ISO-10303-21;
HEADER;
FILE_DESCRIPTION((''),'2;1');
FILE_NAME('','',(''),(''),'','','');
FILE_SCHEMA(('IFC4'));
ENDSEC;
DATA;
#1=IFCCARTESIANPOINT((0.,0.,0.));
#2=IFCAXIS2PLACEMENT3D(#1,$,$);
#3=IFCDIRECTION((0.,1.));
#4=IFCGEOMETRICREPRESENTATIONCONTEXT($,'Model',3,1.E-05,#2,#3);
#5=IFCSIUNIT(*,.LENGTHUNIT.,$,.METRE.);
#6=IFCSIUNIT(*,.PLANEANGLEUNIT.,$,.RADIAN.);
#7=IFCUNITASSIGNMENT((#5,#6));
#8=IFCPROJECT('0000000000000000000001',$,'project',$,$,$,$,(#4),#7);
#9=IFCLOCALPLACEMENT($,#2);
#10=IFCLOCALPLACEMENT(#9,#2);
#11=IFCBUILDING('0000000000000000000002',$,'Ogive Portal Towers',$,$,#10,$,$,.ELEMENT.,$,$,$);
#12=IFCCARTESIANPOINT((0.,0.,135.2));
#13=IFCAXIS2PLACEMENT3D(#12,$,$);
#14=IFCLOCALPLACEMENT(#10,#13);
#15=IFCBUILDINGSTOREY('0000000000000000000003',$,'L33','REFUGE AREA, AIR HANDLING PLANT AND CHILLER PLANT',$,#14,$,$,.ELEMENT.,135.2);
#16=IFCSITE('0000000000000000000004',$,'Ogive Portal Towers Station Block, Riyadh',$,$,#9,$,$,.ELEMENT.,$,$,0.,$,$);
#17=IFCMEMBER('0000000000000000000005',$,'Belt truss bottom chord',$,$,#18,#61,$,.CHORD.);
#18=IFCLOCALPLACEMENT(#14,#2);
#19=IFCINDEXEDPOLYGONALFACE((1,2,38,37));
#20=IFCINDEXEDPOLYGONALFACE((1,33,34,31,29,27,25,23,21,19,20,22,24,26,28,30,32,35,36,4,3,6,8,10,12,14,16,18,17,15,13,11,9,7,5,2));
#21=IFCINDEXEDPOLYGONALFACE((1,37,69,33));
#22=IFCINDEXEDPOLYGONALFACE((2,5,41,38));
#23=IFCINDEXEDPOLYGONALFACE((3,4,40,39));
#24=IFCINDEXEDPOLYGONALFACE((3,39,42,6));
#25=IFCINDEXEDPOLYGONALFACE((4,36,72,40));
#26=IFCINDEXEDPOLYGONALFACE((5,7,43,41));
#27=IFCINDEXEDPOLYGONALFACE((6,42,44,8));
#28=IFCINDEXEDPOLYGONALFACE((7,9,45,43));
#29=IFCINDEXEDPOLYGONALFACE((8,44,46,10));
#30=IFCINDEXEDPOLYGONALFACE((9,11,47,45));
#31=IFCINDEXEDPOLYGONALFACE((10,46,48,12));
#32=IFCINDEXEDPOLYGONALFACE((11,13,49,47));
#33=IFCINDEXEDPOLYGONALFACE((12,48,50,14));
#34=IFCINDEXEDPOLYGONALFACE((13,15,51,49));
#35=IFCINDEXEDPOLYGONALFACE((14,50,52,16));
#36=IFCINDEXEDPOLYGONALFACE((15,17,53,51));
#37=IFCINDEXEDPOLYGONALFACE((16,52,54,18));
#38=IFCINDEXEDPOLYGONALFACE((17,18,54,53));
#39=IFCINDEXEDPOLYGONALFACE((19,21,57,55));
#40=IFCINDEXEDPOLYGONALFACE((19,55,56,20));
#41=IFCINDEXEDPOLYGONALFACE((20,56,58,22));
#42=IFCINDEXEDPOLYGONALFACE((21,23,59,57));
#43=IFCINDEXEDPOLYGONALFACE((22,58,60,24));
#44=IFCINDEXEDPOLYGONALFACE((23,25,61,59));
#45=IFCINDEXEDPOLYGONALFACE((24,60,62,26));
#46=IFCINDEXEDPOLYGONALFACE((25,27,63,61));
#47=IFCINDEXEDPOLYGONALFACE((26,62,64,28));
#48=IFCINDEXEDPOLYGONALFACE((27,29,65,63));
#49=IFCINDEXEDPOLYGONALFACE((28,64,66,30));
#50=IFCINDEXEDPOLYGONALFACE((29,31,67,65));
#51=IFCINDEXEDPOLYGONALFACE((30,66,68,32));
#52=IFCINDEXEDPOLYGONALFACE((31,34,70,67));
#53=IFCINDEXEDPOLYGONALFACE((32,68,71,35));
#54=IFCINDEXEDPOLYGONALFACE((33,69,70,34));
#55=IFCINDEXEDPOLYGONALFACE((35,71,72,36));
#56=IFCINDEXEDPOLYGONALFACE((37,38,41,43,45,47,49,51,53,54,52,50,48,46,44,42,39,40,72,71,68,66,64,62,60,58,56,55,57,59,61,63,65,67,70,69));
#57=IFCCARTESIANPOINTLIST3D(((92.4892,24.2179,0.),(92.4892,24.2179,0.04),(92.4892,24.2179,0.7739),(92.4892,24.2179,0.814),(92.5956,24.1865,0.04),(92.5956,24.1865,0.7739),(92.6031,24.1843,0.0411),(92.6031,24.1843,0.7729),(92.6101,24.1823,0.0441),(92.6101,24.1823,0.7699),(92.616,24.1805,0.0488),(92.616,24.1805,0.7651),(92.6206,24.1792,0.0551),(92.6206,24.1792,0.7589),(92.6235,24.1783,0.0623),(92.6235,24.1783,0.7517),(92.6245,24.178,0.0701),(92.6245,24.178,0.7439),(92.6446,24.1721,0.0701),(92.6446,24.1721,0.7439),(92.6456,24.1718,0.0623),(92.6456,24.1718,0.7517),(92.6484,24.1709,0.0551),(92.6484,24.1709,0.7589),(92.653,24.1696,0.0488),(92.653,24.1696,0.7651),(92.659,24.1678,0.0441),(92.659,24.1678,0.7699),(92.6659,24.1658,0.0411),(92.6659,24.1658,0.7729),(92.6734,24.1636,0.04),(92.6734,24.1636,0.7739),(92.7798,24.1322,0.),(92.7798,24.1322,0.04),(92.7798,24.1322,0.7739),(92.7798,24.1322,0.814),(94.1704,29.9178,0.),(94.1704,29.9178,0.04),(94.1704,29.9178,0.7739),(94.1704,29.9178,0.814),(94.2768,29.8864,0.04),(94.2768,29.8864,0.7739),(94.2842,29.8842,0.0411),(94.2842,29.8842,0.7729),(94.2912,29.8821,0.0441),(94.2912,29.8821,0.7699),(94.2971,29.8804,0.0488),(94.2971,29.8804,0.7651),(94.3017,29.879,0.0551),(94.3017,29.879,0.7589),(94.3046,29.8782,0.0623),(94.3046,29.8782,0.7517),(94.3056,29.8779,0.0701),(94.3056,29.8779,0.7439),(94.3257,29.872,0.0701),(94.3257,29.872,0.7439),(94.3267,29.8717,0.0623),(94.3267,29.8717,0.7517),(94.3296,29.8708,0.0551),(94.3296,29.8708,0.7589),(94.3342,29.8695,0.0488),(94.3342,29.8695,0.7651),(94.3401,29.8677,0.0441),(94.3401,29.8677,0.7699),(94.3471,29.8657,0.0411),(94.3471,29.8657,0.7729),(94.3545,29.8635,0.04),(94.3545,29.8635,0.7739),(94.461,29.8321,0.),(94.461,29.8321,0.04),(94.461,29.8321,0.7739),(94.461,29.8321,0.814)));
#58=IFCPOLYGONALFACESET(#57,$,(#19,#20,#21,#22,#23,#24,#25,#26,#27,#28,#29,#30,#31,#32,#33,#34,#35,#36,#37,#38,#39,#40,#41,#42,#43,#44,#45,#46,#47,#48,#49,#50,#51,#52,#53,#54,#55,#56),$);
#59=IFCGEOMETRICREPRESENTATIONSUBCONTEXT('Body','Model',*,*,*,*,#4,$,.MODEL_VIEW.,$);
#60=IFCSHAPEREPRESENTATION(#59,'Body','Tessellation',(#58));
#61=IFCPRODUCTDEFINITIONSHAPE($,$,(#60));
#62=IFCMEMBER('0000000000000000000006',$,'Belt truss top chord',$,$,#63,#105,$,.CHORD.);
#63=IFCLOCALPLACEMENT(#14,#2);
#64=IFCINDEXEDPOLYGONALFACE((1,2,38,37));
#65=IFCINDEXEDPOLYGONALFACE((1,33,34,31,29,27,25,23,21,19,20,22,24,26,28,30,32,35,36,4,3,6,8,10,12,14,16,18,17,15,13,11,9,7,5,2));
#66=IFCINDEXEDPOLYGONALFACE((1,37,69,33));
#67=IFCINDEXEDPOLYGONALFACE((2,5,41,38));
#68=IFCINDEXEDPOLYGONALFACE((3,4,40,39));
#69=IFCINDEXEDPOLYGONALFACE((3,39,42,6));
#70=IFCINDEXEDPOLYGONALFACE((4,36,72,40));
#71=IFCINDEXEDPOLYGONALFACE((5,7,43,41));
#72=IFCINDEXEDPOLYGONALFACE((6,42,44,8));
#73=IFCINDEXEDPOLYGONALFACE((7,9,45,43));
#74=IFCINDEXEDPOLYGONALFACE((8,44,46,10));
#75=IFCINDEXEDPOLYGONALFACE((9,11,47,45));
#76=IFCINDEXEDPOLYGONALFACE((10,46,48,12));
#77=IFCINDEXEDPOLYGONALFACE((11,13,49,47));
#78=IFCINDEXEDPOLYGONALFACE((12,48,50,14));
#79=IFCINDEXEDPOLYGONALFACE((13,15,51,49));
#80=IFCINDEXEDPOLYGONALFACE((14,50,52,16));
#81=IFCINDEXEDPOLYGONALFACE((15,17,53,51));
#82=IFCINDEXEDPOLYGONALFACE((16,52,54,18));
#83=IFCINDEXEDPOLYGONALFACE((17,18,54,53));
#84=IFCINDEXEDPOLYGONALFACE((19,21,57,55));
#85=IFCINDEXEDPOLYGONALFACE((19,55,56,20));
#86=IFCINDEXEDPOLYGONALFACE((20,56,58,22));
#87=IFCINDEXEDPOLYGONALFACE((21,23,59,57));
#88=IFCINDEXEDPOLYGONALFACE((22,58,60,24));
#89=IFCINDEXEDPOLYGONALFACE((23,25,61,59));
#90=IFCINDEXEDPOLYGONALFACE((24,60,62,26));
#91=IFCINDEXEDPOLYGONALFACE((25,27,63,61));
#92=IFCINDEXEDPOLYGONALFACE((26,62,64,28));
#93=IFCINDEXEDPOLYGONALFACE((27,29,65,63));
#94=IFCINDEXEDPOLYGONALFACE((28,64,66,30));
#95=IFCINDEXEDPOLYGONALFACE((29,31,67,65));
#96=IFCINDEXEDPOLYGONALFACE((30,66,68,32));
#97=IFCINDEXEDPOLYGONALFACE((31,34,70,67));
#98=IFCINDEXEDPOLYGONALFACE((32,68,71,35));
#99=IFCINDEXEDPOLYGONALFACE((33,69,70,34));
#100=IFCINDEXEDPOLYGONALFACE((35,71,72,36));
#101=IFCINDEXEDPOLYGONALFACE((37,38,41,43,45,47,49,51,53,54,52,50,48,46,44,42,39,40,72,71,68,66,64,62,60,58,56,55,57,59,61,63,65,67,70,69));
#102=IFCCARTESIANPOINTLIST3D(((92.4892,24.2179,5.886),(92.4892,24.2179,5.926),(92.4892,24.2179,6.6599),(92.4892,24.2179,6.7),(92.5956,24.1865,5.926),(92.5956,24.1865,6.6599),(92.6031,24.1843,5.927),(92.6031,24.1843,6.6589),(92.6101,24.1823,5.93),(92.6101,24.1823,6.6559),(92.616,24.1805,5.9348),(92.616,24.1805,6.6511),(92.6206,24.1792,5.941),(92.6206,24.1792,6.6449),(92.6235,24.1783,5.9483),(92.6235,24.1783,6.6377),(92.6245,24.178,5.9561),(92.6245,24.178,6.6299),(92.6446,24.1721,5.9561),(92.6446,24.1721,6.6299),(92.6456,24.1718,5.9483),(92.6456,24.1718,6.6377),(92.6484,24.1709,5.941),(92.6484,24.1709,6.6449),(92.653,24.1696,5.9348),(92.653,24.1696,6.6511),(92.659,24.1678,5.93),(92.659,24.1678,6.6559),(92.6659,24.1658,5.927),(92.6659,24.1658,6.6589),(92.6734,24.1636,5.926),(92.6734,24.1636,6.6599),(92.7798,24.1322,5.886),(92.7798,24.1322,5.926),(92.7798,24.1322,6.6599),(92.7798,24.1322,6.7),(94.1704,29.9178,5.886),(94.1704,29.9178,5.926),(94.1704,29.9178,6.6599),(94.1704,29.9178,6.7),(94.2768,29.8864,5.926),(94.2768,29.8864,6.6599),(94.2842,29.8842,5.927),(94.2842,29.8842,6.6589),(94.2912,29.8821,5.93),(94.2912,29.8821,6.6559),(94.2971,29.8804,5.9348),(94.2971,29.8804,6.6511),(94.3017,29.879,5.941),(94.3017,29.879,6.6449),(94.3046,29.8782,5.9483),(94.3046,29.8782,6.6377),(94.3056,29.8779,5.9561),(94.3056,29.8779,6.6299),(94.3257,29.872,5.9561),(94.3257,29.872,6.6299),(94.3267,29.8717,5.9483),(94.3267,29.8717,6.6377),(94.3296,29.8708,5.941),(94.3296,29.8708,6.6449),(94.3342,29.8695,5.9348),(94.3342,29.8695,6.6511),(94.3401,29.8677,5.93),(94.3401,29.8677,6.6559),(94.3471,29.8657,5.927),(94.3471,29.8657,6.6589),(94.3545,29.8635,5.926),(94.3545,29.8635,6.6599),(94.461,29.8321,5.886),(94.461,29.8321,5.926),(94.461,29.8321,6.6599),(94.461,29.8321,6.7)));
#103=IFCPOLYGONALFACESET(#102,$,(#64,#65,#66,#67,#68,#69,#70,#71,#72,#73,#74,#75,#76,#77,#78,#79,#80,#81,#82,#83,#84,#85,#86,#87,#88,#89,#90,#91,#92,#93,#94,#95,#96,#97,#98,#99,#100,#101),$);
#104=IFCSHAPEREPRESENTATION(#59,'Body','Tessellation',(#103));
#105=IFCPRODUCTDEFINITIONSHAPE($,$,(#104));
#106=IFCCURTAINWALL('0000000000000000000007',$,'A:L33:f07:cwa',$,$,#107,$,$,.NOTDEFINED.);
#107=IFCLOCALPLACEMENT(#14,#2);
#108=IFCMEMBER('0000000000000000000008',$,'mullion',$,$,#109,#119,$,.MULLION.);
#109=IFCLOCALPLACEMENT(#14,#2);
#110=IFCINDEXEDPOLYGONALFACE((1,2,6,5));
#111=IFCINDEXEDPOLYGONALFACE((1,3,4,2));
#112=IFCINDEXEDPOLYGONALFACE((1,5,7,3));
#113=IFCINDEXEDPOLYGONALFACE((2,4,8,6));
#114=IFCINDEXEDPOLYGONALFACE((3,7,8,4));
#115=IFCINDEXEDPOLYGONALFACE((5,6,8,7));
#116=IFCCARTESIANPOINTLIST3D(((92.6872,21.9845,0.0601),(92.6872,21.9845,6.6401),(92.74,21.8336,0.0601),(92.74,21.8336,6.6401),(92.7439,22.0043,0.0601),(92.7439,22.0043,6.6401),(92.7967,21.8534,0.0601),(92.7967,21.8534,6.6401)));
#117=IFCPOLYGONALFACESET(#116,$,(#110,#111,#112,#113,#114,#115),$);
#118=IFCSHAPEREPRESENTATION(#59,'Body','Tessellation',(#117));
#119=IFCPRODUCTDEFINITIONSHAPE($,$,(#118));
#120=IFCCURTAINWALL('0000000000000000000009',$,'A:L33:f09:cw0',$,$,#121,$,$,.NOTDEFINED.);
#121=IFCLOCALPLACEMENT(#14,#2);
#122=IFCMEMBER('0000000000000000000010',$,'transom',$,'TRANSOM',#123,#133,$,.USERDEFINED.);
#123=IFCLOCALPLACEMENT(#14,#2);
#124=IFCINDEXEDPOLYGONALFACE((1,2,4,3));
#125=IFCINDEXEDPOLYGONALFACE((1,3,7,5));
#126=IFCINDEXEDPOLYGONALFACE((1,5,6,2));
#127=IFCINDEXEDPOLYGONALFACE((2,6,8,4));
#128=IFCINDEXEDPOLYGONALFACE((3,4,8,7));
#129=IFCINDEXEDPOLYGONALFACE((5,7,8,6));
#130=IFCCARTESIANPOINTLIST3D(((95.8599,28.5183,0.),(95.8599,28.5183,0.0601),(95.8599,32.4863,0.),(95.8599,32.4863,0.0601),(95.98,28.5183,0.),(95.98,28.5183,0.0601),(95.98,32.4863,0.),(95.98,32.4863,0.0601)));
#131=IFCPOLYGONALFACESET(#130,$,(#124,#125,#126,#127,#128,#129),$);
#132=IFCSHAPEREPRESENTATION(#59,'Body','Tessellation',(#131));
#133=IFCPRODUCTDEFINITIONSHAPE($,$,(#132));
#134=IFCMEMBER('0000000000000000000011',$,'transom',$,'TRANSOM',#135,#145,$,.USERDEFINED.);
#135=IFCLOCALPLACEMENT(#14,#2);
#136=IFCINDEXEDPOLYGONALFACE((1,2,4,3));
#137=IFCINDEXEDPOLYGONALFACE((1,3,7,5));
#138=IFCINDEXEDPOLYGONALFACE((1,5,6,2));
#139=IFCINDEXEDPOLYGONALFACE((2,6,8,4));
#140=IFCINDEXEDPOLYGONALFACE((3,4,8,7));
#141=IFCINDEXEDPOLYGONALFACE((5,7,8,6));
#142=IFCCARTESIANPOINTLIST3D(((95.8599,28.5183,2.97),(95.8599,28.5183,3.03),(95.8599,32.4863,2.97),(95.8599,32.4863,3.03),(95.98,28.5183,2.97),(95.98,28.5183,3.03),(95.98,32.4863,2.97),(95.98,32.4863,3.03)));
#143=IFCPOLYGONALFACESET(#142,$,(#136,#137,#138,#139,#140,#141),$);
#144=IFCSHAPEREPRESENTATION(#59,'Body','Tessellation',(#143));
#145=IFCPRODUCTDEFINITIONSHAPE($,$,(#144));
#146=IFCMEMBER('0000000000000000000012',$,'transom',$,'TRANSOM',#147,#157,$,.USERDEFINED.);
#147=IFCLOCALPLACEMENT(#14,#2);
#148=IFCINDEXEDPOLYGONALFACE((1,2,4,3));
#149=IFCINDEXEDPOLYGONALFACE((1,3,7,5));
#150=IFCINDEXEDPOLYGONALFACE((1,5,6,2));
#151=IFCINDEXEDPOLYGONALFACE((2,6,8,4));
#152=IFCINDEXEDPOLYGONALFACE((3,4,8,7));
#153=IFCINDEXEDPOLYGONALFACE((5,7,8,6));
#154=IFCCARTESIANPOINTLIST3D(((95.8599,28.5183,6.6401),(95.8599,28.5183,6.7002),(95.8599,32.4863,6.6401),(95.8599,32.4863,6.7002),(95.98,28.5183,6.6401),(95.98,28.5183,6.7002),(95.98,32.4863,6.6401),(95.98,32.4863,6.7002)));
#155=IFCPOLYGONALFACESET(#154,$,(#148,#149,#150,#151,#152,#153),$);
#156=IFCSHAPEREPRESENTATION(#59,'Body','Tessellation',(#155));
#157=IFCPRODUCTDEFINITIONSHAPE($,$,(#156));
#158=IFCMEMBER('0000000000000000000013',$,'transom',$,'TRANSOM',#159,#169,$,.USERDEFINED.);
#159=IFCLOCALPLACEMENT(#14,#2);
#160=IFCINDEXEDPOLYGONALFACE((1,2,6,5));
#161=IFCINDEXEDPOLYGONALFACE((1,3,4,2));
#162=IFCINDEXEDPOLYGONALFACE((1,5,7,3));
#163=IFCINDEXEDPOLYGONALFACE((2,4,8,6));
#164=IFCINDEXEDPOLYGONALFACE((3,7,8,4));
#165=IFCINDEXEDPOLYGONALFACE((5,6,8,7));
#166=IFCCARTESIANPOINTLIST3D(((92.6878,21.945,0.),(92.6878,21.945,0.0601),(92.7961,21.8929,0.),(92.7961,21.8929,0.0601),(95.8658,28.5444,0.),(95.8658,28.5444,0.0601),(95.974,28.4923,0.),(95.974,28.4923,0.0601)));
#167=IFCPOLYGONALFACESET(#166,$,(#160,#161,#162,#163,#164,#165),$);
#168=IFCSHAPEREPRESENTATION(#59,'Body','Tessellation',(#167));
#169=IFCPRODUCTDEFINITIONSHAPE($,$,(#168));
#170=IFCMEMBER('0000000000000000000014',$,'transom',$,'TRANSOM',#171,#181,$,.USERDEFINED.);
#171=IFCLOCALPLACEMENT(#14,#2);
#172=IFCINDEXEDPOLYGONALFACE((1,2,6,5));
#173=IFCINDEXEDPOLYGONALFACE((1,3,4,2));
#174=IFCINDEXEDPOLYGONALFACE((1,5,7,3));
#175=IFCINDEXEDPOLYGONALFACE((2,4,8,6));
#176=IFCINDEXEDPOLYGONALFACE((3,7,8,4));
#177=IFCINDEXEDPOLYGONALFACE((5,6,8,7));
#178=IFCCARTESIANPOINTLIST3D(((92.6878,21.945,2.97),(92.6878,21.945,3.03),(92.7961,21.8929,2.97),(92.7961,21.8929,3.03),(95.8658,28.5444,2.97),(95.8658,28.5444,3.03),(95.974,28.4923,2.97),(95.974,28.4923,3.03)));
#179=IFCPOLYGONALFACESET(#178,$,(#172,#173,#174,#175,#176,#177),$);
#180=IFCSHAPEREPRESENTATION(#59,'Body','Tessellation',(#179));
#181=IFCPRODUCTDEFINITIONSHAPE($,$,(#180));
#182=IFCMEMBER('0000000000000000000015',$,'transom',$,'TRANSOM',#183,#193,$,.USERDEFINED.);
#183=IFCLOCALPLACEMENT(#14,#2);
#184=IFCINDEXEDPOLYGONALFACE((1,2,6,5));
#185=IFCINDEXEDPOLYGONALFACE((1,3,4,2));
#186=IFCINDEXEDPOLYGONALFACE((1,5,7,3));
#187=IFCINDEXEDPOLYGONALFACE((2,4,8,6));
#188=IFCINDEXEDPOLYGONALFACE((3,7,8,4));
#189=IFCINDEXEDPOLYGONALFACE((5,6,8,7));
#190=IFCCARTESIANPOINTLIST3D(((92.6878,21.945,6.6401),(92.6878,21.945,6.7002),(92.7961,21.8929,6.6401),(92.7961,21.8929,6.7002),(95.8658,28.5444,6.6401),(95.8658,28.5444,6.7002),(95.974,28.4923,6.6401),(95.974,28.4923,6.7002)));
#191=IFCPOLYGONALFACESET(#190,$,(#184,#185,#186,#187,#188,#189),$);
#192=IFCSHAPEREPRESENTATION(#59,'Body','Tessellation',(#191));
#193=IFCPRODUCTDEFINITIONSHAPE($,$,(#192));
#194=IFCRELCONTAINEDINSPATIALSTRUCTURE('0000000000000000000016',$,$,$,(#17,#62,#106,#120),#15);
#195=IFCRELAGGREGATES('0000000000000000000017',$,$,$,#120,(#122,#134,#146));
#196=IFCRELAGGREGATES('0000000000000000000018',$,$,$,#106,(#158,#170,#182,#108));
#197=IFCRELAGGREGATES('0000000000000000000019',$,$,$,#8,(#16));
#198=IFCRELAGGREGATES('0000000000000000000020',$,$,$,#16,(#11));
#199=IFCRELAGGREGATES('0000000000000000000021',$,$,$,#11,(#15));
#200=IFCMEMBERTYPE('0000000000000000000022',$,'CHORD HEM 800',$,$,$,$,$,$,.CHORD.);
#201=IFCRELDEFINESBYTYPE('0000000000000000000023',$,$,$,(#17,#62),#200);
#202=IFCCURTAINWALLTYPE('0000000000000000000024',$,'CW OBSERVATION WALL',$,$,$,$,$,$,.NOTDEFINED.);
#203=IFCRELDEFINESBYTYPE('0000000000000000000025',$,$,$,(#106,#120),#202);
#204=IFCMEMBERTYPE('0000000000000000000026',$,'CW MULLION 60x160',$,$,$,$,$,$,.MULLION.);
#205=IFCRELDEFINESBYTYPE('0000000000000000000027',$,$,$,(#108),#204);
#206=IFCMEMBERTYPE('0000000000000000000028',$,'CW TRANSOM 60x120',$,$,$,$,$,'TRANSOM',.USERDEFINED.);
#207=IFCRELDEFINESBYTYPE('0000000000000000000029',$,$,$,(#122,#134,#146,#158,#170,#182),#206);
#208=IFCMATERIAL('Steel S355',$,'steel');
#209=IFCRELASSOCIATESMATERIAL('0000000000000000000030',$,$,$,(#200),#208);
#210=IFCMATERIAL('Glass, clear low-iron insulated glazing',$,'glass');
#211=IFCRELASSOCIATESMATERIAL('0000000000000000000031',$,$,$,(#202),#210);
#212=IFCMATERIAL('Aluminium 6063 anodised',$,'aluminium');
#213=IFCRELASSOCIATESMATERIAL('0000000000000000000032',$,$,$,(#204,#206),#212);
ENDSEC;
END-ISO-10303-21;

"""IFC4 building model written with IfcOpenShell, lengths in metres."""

from ifc_helpers import new_model, si_unit, direction, frame, origin, origin_2d, place, context, subcontext, project, spatial, rectangle, i_section, extrude, material, material_profile, profile_set, type_object, element, aggregate, save


model = new_model("IFC4")

# Units and contexts
model_context = context("Model", 3, precision=1e-05, world=origin(), true_north=direction((0.0, 1.0)))
body_context = subcontext(model_context, "Body", "Model", "MODEL_VIEW")
ifc_project = project(units=[si_unit("LENGTHUNIT", "METRE"), si_unit("PLANEANGLEUNIT", "RADIAN")], contexts=[model_context])

# Site, building, storey
site_placement = place(None, origin())
site = spatial("IfcSite", under=ifc_project, at=site_placement, Name="Ogive Portal Towers Station Block, Riyadh", CompositionType="ELEMENT", RefElevation=0.0)
building_placement = place(site_placement, origin())
building = spatial("IfcBuilding", under=site, at=building_placement, Name="Ogive Portal Towers", CompositionType="ELEMENT")
storey_placement = place(building_placement, frame((0.0, 0.0, 135.2)))
storey = spatial("IfcBuildingStorey", under=building, at=storey_placement, Name="L33", Description="REFUGE AREA, AIR HANDLING PLANT AND CHILLER PLANT", CompositionType="ELEMENT", Elevation=135.2)

# Members
ifc_material_1 = material(Name="Steel S355", Category="steel")
ifc_material_profile_1 = material_profile(ifc_material_1, i_section(OverallWidth=0.303, OverallDepth=0.814, WebThickness=0.021, FlangeThickness=0.04, FilletRadius=0.03, at=origin_2d()), Name="HEM 800")
ifc_profile_set_1 = profile_set([ifc_material_profile_1], Name="Steel S355")
member_type_1 = type_object("IfcMemberType", Name="CHORD HEM 800", PredefinedType="CHORD", material=ifc_profile_set_1)
for number, where, z_axis, x_axis, name in (
    (1, (92.6345, 24.175, 0.407), (0.282894, 0.959151, 0.0), (-0.959151, 0.282894, 0.0), "Belt truss bottom chord"),
    (2, (92.6345, 24.175, 6.293), (0.282894, 0.959151, 0.0), (-0.959151, 0.282894, 0.0), "Belt truss top chord"),
):
    element("IfcMember", number, at=place(storey_placement, frame(where, z_axis=z_axis, x_axis=x_axis)), inside=storey, type_object=member_type_1, Name=name, PredefinedType="CHORD", context=body_context, shape_type="SweptSolid", body=[
        extrude(i_section(OverallWidth=0.303, OverallDepth=0.814, WebThickness=0.021, FlangeThickness=0.04, FilletRadius=0.03, at=origin_2d()), origin(), (0.0, 0.0, 1.0), 5.9426),
    ])

# Curtain wall, member
ifc_material_2 = material(Name="Glass, clear low-iron insulated glazing", Category="glass")
curtain_wall_type = type_object("IfcCurtainWallType", Name="CW OBSERVATION WALL", PredefinedType="NOTDEFINED", material=ifc_material_2)
curtain_wall_1_placement = place(storey_placement, origin())
curtain_wall_1 = element("IfcCurtainWall", 3, at=curtain_wall_1_placement, inside=storey, type_object=curtain_wall_type, Name="A:L33:f07:cwa", PredefinedType="NOTDEFINED")
ifc_material_3 = material(Name="Aluminium 6063 anodised", Category="aluminium")
ifc_material_profile_2 = material_profile(ifc_material_3, rectangle(XDim=0.1599, YDim=0.0601, at=origin_2d()), Name="AL 60x160")
ifc_profile_set_2 = profile_set([ifc_material_profile_2], Name="Aluminium 6063 anodised")
member_type_2 = type_object("IfcMemberType", Name="CW MULLION 60x160", PredefinedType="MULLION", material=ifc_profile_set_2)
member_1_placement = place(storey_placement, frame((92.7419, 21.9189, 0.0601), z_axis=(0.0, 0.0, 1.0), x_axis=(-0.330279, 0.943883, 0.0)))
member_1 = element("IfcMember", 4, at=member_1_placement, type_object=member_type_2, Name="mullion", PredefinedType="MULLION", context=body_context, shape_type="SweptSolid", body=[
    extrude(rectangle(XDim=0.1599, YDim=0.0601, at=origin_2d()), origin(), (0.0, 0.0, 1.0), 6.5801),
])

# Curtain wall, members
curtain_wall_2_placement = place(storey_placement, origin())
curtain_wall_2 = element("IfcCurtainWall", 5, at=curtain_wall_2_placement, inside=storey, type_object=curtain_wall_type, Name="A:L33:f09:cw0", PredefinedType="NOTDEFINED")
ifc_material_profile_3 = material_profile(ifc_material_3, rectangle(XDim=0.1201, YDim=0.0601, at=origin_2d()), Name="AL 120x60")
ifc_profile_set_3 = profile_set([ifc_material_profile_3], Name="Aluminium 6063 anodised")
member_type_3 = type_object("IfcMemberType", Name="CW TRANSOM 60x120", ElementType="TRANSOM", PredefinedType="USERDEFINED", material=ifc_profile_set_3)
member_2_placement = place(storey_placement, frame((95.9199, 28.5183, 0.03), z_axis=(0.0, 1.0, 0.0), x_axis=(-1.0, 0.0, 0.0)))
member_2 = element("IfcMember", 6, at=member_2_placement, type_object=member_type_3, Name="transom", ObjectType="TRANSOM", PredefinedType="USERDEFINED", context=body_context, shape_type="SweptSolid", body=[
    extrude(rectangle(XDim=0.1201, YDim=0.0601, at=origin_2d()), origin(), (0.0, 0.0, 1.0), 3.968),
])
member_3_placement = place(storey_placement, frame((95.9199, 28.5183, 3.0), z_axis=(0.0, 1.0, 0.0), x_axis=(-1.0, 0.0, 0.0)))
member_3 = element("IfcMember", 7, at=member_3_placement, type_object=member_type_3, Name="transom", ObjectType="TRANSOM", PredefinedType="USERDEFINED", context=body_context, shape_type="SweptSolid", body=[
    extrude(rectangle(XDim=0.1201, YDim=0.0601, at=origin_2d()), origin(), (0.0, 0.0, 1.0), 3.968),
])
member_4_placement = place(storey_placement, frame((95.9199, 28.5183, 6.6702), z_axis=(0.0, 1.0, 0.0), x_axis=(-1.0, 0.0, 0.0)))
member_4 = element("IfcMember", 8, at=member_4_placement, type_object=member_type_3, Name="transom", ObjectType="TRANSOM", PredefinedType="USERDEFINED", context=body_context, shape_type="SweptSolid", body=[
    extrude(rectangle(XDim=0.1201, YDim=0.0601, at=origin_2d()), origin(), (0.0, 0.0, 1.0), 3.968),
])
aggregate(curtain_wall_2, [member_2, member_3, member_4])

# Members
member_5_placement = place(storey_placement, frame((92.7419, 21.9189, 0.03), z_axis=(0.433872, 0.900975, 0.0), x_axis=(-0.900975, 0.433872, 0.0)))
member_5 = element("IfcMember", 9, at=member_5_placement, type_object=member_type_3, Name="transom", ObjectType="TRANSOM", PredefinedType="USERDEFINED", context=body_context, shape_type="SweptSolid", body=[
    extrude(rectangle(XDim=0.1201, YDim=0.0601, at=origin_2d()), origin(), (0.0, 0.0, 1.0), 7.3247),
])
member_6_placement = place(storey_placement, frame((92.7419, 21.9189, 3.0), z_axis=(0.433872, 0.900975, 0.0), x_axis=(-0.900975, 0.433872, 0.0)))
member_6 = element("IfcMember", 10, at=member_6_placement, type_object=member_type_3, Name="transom", ObjectType="TRANSOM", PredefinedType="USERDEFINED", context=body_context, shape_type="SweptSolid", body=[
    extrude(rectangle(XDim=0.1201, YDim=0.0601, at=origin_2d()), origin(), (0.0, 0.0, 1.0), 7.3247),
])
member_7_placement = place(storey_placement, frame((92.7419, 21.9189, 6.6702), z_axis=(0.433872, 0.900975, 0.0), x_axis=(-0.900975, 0.433872, 0.0)))
member_7 = element("IfcMember", 11, at=member_7_placement, type_object=member_type_3, Name="transom", ObjectType="TRANSOM", PredefinedType="USERDEFINED", context=body_context, shape_type="SweptSolid", body=[
    extrude(rectangle(XDim=0.1201, YDim=0.0601, at=origin_2d()), origin(), (0.0, 0.0, 1.0), 7.3247),
])

aggregate(curtain_wall_1, [member_5, member_6, member_7, member_1])

save(model, "model.ifc")
